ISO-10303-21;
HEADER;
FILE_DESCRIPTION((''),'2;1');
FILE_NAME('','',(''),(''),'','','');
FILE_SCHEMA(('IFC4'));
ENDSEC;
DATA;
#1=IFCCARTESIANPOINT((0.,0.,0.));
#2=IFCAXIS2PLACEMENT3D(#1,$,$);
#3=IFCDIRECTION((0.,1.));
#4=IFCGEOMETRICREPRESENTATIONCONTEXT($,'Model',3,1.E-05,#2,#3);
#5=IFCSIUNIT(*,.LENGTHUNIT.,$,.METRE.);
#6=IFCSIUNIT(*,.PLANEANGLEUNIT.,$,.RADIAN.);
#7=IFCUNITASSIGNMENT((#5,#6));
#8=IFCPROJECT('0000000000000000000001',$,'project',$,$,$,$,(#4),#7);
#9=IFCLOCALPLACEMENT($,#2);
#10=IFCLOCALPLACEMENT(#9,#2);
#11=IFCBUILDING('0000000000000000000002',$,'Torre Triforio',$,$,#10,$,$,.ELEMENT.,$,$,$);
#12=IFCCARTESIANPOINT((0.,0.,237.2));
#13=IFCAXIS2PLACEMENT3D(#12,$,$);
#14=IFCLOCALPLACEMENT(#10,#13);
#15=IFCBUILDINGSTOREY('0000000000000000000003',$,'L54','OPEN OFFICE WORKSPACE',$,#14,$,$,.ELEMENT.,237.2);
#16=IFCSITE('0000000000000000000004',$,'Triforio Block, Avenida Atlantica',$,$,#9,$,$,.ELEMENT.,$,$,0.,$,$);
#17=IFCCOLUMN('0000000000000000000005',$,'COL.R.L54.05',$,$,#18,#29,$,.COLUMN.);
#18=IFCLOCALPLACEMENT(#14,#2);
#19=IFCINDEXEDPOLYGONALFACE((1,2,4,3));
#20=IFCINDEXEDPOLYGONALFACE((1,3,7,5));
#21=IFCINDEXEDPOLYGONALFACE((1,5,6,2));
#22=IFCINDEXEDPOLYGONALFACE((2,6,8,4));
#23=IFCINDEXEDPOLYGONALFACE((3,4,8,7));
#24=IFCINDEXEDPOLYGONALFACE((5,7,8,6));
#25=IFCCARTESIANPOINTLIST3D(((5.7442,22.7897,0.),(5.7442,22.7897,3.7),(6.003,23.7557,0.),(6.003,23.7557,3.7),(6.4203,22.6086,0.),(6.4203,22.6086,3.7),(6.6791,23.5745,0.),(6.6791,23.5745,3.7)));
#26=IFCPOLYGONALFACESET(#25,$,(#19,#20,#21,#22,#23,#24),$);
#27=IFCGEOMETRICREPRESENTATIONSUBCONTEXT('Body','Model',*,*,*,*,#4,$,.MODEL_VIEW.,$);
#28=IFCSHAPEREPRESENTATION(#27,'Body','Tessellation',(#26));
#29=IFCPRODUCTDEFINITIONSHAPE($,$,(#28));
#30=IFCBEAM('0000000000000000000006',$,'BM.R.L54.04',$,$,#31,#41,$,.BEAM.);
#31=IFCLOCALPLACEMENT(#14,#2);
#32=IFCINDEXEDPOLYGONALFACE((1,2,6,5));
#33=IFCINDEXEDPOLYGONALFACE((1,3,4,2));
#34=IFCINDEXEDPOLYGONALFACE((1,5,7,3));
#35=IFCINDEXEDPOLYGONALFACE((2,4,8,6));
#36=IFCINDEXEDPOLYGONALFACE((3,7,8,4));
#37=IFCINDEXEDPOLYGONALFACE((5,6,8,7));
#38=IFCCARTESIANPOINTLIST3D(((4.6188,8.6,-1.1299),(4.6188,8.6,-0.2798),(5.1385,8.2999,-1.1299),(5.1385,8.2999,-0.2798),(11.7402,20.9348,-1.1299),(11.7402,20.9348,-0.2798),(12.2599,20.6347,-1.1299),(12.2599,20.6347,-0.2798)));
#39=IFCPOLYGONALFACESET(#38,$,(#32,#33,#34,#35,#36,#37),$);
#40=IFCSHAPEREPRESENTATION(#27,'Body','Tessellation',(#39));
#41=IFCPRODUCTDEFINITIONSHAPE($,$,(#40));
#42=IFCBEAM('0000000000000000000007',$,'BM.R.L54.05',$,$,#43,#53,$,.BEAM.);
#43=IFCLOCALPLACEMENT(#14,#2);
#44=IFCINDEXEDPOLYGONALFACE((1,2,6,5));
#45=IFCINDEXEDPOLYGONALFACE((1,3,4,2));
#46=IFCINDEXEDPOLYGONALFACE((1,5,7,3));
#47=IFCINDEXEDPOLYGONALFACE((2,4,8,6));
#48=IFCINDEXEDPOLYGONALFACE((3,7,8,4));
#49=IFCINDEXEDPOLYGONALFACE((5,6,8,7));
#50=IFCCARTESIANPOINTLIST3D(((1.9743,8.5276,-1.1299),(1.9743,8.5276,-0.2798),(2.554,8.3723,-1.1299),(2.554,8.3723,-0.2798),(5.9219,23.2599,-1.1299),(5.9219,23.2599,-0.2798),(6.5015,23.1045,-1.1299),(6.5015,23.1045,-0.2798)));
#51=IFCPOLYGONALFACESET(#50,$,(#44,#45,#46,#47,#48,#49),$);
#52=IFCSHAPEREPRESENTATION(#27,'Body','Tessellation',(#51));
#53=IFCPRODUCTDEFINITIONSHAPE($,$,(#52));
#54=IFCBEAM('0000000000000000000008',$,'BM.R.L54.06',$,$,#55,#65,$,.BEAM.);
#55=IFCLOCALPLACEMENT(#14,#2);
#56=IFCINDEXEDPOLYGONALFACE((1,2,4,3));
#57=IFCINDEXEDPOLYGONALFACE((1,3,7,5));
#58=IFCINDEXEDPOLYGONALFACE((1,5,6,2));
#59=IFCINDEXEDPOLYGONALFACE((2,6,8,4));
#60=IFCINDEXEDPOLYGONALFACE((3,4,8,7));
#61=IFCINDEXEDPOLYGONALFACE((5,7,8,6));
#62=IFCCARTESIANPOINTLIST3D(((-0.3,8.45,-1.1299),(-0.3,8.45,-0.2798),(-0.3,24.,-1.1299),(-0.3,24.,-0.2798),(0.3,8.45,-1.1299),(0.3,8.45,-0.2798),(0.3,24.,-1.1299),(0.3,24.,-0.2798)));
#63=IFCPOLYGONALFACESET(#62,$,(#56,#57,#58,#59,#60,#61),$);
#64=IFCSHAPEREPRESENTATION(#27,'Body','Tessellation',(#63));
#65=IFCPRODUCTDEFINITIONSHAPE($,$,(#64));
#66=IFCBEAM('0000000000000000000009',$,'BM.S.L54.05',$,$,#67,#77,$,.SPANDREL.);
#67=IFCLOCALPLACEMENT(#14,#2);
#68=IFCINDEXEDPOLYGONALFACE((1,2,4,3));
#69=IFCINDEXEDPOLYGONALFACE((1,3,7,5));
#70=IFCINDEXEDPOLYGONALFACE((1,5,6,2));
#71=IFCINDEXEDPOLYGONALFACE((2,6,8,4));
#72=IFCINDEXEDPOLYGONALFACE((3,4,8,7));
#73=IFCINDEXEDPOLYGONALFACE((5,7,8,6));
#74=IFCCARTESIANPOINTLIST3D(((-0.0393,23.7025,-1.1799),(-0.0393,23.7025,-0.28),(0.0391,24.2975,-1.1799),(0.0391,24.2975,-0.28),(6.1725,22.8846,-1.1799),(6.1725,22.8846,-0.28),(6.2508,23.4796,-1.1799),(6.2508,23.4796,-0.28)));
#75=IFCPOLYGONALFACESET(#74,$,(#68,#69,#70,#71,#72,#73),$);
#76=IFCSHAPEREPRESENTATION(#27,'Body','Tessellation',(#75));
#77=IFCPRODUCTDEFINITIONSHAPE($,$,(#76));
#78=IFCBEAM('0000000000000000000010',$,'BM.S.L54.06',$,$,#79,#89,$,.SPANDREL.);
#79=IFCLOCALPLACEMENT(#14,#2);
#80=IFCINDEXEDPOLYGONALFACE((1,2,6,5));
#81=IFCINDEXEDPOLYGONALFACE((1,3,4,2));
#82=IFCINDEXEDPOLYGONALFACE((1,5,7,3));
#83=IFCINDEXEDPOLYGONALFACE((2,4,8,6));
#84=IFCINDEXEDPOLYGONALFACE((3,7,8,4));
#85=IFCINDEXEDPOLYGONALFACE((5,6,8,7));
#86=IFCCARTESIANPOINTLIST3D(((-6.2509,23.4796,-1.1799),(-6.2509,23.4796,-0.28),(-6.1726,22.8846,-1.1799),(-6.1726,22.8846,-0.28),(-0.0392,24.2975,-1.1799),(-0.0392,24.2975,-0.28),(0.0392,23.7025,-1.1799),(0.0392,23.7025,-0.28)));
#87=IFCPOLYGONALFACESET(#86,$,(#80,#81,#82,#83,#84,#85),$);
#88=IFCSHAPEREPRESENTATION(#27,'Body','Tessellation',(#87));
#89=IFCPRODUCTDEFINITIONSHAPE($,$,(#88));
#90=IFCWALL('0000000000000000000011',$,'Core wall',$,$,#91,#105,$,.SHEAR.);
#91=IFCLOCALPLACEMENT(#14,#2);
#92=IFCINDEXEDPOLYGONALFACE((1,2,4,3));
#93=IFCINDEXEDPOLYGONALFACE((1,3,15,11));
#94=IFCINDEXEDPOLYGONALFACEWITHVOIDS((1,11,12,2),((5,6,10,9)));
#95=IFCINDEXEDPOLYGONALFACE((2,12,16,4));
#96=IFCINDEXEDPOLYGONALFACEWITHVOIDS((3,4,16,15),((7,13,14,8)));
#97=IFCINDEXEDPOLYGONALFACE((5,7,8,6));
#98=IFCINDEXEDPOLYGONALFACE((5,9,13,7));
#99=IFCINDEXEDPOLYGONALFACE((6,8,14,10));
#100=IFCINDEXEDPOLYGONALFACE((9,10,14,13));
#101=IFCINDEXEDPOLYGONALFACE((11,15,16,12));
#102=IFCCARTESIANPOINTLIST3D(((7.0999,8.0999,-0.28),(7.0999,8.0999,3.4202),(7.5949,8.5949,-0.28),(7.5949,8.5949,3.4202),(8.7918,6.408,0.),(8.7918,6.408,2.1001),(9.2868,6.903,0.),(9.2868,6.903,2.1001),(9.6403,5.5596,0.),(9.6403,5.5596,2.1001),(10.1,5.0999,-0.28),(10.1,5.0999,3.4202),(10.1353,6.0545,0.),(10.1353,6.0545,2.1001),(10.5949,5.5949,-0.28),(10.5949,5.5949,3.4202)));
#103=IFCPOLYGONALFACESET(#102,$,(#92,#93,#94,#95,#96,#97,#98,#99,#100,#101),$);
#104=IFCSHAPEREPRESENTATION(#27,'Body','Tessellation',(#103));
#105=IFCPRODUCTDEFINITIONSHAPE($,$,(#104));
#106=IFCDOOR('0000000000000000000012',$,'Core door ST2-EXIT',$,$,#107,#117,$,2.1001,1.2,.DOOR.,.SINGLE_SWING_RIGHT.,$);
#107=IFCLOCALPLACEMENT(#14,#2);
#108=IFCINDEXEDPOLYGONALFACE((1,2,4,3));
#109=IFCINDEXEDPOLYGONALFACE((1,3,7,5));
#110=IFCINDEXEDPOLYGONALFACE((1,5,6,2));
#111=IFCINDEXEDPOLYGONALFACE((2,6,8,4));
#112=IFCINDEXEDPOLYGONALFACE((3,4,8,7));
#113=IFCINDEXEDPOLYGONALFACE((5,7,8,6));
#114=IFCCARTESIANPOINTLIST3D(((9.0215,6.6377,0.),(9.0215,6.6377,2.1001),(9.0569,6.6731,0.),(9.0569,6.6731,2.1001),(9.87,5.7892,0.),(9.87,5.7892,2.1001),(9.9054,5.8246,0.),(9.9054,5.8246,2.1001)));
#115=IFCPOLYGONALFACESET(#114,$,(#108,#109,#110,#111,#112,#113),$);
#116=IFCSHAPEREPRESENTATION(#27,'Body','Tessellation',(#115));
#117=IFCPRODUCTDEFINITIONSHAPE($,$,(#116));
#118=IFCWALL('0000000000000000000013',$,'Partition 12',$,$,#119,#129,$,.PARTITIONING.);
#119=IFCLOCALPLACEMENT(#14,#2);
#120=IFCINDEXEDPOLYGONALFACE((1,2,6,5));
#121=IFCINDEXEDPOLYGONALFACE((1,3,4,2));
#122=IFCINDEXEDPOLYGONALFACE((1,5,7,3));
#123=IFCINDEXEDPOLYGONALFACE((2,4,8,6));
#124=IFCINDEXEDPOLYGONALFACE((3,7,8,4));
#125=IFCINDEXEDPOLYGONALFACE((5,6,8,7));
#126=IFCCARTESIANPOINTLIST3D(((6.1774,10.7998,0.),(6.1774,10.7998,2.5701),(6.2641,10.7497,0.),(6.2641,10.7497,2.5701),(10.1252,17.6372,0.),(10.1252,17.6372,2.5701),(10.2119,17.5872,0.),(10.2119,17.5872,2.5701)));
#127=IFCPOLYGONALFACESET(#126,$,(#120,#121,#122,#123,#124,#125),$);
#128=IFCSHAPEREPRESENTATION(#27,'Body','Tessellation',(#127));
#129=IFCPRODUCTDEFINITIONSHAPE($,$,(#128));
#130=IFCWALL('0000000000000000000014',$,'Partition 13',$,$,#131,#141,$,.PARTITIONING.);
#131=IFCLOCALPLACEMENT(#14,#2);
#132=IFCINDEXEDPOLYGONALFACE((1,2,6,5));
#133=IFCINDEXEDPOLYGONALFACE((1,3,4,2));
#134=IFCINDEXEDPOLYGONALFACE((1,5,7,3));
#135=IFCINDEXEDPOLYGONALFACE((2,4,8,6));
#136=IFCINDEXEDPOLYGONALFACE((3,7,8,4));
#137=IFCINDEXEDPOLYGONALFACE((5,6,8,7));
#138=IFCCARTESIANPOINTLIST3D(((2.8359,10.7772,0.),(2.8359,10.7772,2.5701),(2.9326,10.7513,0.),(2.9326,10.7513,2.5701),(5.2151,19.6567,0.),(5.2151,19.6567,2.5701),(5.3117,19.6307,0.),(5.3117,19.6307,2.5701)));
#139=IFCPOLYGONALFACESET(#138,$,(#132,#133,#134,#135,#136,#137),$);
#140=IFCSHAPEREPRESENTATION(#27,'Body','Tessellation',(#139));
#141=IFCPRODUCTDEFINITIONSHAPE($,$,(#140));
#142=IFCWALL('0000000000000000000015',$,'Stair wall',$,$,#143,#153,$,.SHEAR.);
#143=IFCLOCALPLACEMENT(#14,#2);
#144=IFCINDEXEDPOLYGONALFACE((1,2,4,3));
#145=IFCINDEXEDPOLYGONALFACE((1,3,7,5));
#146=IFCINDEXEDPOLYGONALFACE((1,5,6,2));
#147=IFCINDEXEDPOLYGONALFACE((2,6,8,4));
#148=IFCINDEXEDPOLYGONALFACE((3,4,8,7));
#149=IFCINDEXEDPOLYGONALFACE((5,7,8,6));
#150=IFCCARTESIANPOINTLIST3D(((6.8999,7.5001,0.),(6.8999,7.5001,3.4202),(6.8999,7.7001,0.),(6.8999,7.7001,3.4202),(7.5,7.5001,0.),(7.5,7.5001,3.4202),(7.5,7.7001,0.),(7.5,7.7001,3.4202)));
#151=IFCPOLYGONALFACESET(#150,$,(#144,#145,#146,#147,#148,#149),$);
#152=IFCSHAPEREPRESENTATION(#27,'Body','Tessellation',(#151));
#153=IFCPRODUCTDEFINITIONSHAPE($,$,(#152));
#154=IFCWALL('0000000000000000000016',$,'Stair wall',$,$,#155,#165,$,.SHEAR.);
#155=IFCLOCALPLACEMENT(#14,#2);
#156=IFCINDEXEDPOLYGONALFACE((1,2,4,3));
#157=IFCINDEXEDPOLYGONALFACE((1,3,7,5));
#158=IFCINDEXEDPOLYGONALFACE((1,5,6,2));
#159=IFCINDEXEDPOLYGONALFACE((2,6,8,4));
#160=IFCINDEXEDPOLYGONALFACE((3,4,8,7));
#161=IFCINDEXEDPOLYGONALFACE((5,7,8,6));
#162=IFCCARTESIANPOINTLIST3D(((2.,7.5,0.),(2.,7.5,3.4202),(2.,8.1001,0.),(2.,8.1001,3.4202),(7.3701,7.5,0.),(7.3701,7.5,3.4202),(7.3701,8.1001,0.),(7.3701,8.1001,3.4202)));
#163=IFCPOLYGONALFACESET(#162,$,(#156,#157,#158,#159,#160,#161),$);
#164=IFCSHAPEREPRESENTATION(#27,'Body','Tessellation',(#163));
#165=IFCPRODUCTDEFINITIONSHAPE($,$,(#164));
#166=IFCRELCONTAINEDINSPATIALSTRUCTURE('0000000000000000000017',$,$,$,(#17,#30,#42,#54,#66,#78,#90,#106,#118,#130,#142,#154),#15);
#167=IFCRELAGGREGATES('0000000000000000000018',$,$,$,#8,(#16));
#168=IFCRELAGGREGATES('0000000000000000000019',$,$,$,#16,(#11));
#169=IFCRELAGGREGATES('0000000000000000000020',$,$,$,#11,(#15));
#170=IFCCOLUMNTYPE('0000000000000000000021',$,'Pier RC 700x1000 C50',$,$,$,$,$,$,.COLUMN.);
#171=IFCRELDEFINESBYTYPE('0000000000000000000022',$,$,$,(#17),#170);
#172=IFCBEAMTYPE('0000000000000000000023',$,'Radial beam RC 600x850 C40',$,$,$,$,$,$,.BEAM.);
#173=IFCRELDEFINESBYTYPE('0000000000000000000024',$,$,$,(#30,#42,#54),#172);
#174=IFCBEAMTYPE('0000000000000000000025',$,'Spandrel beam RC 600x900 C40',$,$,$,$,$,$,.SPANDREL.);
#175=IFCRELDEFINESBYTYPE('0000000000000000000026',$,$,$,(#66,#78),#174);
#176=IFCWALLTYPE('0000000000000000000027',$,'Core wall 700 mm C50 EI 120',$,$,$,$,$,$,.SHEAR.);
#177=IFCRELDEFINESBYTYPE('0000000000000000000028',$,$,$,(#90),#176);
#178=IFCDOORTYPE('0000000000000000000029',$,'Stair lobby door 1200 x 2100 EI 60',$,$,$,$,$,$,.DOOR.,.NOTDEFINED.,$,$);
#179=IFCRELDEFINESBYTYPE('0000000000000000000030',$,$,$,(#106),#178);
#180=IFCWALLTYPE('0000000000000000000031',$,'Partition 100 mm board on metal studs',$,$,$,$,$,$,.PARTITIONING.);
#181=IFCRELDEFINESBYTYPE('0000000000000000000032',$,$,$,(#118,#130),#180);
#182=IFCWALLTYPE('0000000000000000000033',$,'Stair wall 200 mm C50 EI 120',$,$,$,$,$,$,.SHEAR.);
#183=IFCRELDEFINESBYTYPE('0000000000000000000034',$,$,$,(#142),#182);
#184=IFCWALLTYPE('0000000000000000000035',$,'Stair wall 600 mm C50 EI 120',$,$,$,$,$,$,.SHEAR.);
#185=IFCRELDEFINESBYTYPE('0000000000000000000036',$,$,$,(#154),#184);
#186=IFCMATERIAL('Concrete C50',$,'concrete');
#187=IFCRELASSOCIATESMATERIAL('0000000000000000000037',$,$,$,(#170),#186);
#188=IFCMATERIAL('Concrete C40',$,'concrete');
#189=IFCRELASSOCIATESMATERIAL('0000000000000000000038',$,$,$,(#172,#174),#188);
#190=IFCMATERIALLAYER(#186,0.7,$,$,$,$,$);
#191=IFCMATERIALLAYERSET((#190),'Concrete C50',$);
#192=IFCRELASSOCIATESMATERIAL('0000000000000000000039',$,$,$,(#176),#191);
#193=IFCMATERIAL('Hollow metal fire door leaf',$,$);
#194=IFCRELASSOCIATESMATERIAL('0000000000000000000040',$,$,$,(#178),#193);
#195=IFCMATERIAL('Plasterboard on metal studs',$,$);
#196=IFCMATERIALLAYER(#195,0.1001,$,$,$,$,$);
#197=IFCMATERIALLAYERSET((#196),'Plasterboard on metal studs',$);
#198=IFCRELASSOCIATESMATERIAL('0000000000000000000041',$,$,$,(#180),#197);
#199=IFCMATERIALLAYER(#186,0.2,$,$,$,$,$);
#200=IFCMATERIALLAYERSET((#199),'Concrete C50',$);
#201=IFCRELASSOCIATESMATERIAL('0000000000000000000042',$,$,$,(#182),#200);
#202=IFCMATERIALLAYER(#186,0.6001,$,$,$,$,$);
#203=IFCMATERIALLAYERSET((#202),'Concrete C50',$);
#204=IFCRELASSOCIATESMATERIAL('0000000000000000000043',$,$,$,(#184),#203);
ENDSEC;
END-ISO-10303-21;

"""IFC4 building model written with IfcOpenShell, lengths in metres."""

from ifc_helpers import new_model, si_unit, direction, frame, frame_2d, origin, origin_2d, place, context, subcontext, project, spatial, rectangle, extrude, material, layer, layer_set, material_profile, profile_set, type_object, element, fill, save


model = new_model("IFC4")

# Units and contexts
model_context = context("Model", 3, precision=1e-05, world=origin(), true_north=direction((0.0, 1.0)))
body_context = subcontext(model_context, "Body", "Model", "MODEL_VIEW")
ifc_project = project(units=[si_unit("LENGTHUNIT", "METRE"), si_unit("PLANEANGLEUNIT", "RADIAN")], contexts=[model_context])

# Site, building, storey
site_placement = place(None, origin())
site = spatial("IfcSite", under=ifc_project, at=site_placement, Name="Triforio Block, Avenida Atlantica", CompositionType="ELEMENT", RefElevation=0.0)
building_placement = place(site_placement, origin())
building = spatial("IfcBuilding", under=site, at=building_placement, Name="Torre Triforio", CompositionType="ELEMENT")
storey_placement = place(building_placement, frame((0.0, 0.0, 237.2)))
storey = spatial("IfcBuildingStorey", under=building, at=storey_placement, Name="L54", Description="OPEN OFFICE WORKSPACE", CompositionType="ELEMENT", Elevation=237.2)

# Column
ifc_material_1 = material(Name="Concrete C50", Category="concrete")
ifc_material_profile_1 = material_profile(ifc_material_1, rectangle(XDim=0.7, YDim=1.0, at=origin_2d()), Name="RC 700x1000")
ifc_profile_set_1 = profile_set([ifc_material_profile_1], Name="Concrete C50")
column_type = type_object("IfcColumnType", Name="Pier RC 700x1000 C50", PredefinedType="COLUMN", material=ifc_profile_set_1)
column_placement = place(storey_placement, frame((6.2117, 23.1821, 0.0), z_axis=(0.0, 0.0, 1.0), x_axis=(-0.965926, 0.258819, 0.0)))
element("IfcColumn", 1, at=column_placement, inside=storey, type_object=column_type, Name="COL.R.L54.05", PredefinedType="COLUMN", context=body_context, shape_type="SweptSolid", body=[
    extrude(rectangle(XDim=0.7, YDim=1.0, at=origin_2d()), origin(), (0.0, 0.0, 1.0), 3.7),
])

# Beams
ifc_material_2 = material(Name="Concrete C40", Category="concrete")
ifc_material_profile_2 = material_profile(ifc_material_2, rectangle(XDim=0.6001, YDim=0.8501, at=origin_2d()), Name="RC 600x850")
ifc_profile_set_2 = profile_set([ifc_material_profile_2], Name="Concrete C40")
beam_type_1 = type_object("IfcBeamType", Name="Radial beam RC 600x850 C40", PredefinedType="BEAM", material=ifc_profile_set_2)
beam_1_placement = place(storey_placement, frame((4.8787, 8.45, -0.7048), z_axis=(0.499994, 0.866029, 0.0), x_axis=(-0.866029, 0.499994, 0.0)))
element("IfcBeam", 2, at=beam_1_placement, inside=storey, type_object=beam_type_1, Name="BM.R.L54.04", PredefinedType="BEAM", context=body_context, shape_type="SweptSolid", body=[
    extrude(rectangle(XDim=0.6001, YDim=0.8501, at=origin_2d()), origin(), (0.0, 0.0, 1.0), 14.2429),
])
beam_2_placement = place(storey_placement, frame((2.2642, 8.45, -0.7048), z_axis=(0.258821, 0.965925, 0.0), x_axis=(-0.965925, 0.258821, 0.0)))
element("IfcBeam", 3, at=beam_2_placement, inside=storey, type_object=beam_type_1, Name="BM.R.L54.05", PredefinedType="BEAM", context=body_context, shape_type="SweptSolid", body=[
    extrude(rectangle(XDim=0.6001, YDim=0.8501, at=origin_2d()), origin(), (0.0, 0.0, 1.0), 15.252),
])
beam_3_placement = place(storey_placement, frame((0.0, 8.45, -0.7048), z_axis=(0.0, 1.0, 0.0), x_axis=(-1.0, 0.0, 0.0)))
element("IfcBeam", 4, at=beam_3_placement, inside=storey, type_object=beam_type_1, Name="BM.R.L54.06", PredefinedType="BEAM", context=body_context, shape_type="SweptSolid", body=[
    extrude(rectangle(XDim=0.6001, YDim=0.8501, at=origin_2d()), origin(), (0.0, 0.0, 1.0), 15.55),
])
ifc_material_profile_3 = material_profile(ifc_material_2, rectangle(XDim=0.6001, YDim=0.8999, at=origin_2d()), Name="RC 600x900")
ifc_profile_set_3 = profile_set([ifc_material_profile_3], Name="Concrete C40")
beam_type_2 = type_object("IfcBeamType", Name="Spandrel beam RC 600x900 C40", PredefinedType="SPANDREL", material=ifc_profile_set_3)
for number, where, z_axis, x_axis, name in (
    (5, (6.2117, 23.1821, -0.73), (-0.991443, 0.13054, 0.0), (-0.13054, -0.991443, 0.0), "BM.S.L54.05"),
    (6, (0.0, 24.0, -0.73), (-0.991443, -0.13054, 0.0), (0.13054, -0.991443, 0.0), "BM.S.L54.06"),
):
    element("IfcBeam", number, at=place(storey_placement, frame(where, z_axis=z_axis, x_axis=x_axis)), inside=storey, type_object=beam_type_2, Name=name, PredefinedType="SPANDREL", context=body_context, shape_type="SweptSolid", body=[
        extrude(rectangle(XDim=0.6001, YDim=0.8999, at=origin_2d()), origin(), (0.0, 0.0, 1.0), 6.2654),
    ])

# Wall, opening, door
ifc_layer_1 = layer(ifc_material_1, 0.7)
ifc_layer_set_1 = layer_set([ifc_layer_1], Name="Concrete C50")
wall_type_1 = type_object("IfcWallType", Name="Core wall 700 mm C50 EI 120", PredefinedType="SHEAR", material=ifc_layer_set_1)
wall_1_placement = place(storey_placement, frame((7.3474, 8.3474, -0.28), z_axis=(0.0, 0.0, 1.0), x_axis=(0.707107, -0.707107, 0.0)))
wall_1 = element("IfcWall", 7, at=wall_1_placement, inside=storey, type_object=wall_type_1, Name="Core wall", PredefinedType="SHEAR", context=body_context, shape_type="SweptSolid", body=[
    extrude(rectangle(XDim=4.2427, YDim=0.7, at=frame_2d((2.1213, 0.0))), origin(), (0.0, 0.0, 1.0), 3.7002),
])
opening_1_placement = place(wall_1_placement, frame((2.3926, 0.0, 0.28)))
opening_1 = element("IfcOpeningElement", 8, at=opening_1_placement, cuts=wall_1, PredefinedType="OPENING", context=body_context, shape_type="SweptSolid", body=[
    extrude(rectangle(XDim=1.2, YDim=2.1001, at=frame_2d((0.6001, 1.05))), frame((0.0, 0.3599, 0.0), z_axis=(0.0, -1.0, 0.0), x_axis=(1.0, 0.0, 0.0)), (0.0, 0.0, 1.0), 0.72),
])
ifc_material_3 = material(Name="Hollow metal fire door leaf")
door_type_1 = type_object("IfcDoorType", Name="Stair lobby door 1200 x 2100 EI 60", OperationType="NOTDEFINED", PredefinedType="DOOR", material=ifc_material_3)
door_1_placement = place(opening_1_placement, origin())
door_1 = element("IfcDoor", 9, at=door_1_placement, inside=storey, type_object=door_type_1, Name="Core door ST2-EXIT", OperationType="SINGLE_SWING_RIGHT", OverallHeight=2.1001, OverallWidth=1.2, PredefinedType="DOOR", context=body_context, shape_type="SweptSolid", body=[
    extrude(rectangle(XDim=1.2, YDim=2.1001, at=frame_2d((0.6001, 1.05))), frame((0.0, 0.0249, 0.0), z_axis=(0.0, -1.0, 0.0), x_axis=(1.0, 0.0, 0.0)), (0.0, 0.0, 1.0), 0.05),
])
fill(opening_1, door_1)

# Walls
ifc_material_4 = material(Name="Plasterboard on metal studs")
ifc_layer_2 = layer(ifc_material_4, 0.1001)
ifc_layer_set_2 = layer_set([ifc_layer_2], Name="Plasterboard on metal studs")
wall_type_2 = type_object("IfcWallType", Name="Partition 100 mm board on metal studs", PredefinedType="PARTITIONING", material=ifc_layer_set_2)
wall_2_placement = place(storey_placement, frame((6.2207, 10.7747, 0.0), z_axis=(0.0, 0.0, 1.0), x_axis=(0.500017, 0.866016, 0.0)))
element("IfcWall", 10, at=wall_2_placement, inside=storey, type_object=wall_type_2, Name="Partition 12", PredefinedType="PARTITIONING", context=body_context, shape_type="SweptSolid", body=[
    extrude(rectangle(XDim=7.8953, YDim=0.1001, at=frame_2d((3.9478, 0.0))), origin(), (0.0, 0.0, 1.0), 2.5701),
])
wall_3_placement = place(storey_placement, frame((2.8843, 10.7644, 0.0), z_axis=(0.0, 0.0, 1.0), x_axis=(0.258811, 0.965928, 0.0)))
element("IfcWall", 11, at=wall_3_placement, inside=storey, type_object=wall_type_2, Name="Partition 13", PredefinedType="PARTITIONING", context=body_context, shape_type="SweptSolid", body=[
    extrude(rectangle(XDim=9.1926, YDim=0.1001, at=frame_2d((4.5962, 0.0))), origin(), (0.0, 0.0, 1.0), 2.5701),
])
ifc_layer_3 = layer(ifc_material_1, 0.2)
ifc_layer_set_3 = layer_set([ifc_layer_3], Name="Concrete C50")
wall_type_3 = type_object("IfcWallType", Name="Stair wall 200 mm C50 EI 120", PredefinedType="SHEAR", material=ifc_layer_set_3)
wall_4_placement = place(storey_placement, frame((6.8999, 7.6001, 0.0), z_axis=(0.0, 0.0, 1.0), x_axis=(1.0, 0.0, 0.0)))
element("IfcWall", 12, at=wall_4_placement, inside=storey, type_object=wall_type_3, Name="Stair wall", PredefinedType="SHEAR", context=body_context, shape_type="SweptSolid", body=[
    extrude(rectangle(XDim=0.6001, YDim=0.2, at=frame_2d((0.3, 0.0))), origin(), (0.0, 0.0, 1.0), 3.4202),
])
ifc_layer_4 = layer(ifc_material_1, 0.6001)
ifc_layer_set_4 = layer_set([ifc_layer_4], Name="Concrete C50")
wall_type_4 = type_object("IfcWallType", Name="Stair wall 600 mm C50 EI 120", PredefinedType="SHEAR", material=ifc_layer_set_4)
wall_5_placement = place(storey_placement, frame((2.0, 7.8, 0.0), z_axis=(0.0, 0.0, 1.0), x_axis=(1.0, 0.0, 0.0)))
element("IfcWall", 13, at=wall_5_placement, inside=storey, type_object=wall_type_4, Name="Stair wall", PredefinedType="SHEAR", context=body_context, shape_type="SweptSolid", body=[
    extrude(rectangle(XDim=5.3701, YDim=0.6001, at=frame_2d((2.6851, 0.0))), origin(), (0.0, 0.0, 1.0), 3.4202),
])

save(model, "model.ifc")
